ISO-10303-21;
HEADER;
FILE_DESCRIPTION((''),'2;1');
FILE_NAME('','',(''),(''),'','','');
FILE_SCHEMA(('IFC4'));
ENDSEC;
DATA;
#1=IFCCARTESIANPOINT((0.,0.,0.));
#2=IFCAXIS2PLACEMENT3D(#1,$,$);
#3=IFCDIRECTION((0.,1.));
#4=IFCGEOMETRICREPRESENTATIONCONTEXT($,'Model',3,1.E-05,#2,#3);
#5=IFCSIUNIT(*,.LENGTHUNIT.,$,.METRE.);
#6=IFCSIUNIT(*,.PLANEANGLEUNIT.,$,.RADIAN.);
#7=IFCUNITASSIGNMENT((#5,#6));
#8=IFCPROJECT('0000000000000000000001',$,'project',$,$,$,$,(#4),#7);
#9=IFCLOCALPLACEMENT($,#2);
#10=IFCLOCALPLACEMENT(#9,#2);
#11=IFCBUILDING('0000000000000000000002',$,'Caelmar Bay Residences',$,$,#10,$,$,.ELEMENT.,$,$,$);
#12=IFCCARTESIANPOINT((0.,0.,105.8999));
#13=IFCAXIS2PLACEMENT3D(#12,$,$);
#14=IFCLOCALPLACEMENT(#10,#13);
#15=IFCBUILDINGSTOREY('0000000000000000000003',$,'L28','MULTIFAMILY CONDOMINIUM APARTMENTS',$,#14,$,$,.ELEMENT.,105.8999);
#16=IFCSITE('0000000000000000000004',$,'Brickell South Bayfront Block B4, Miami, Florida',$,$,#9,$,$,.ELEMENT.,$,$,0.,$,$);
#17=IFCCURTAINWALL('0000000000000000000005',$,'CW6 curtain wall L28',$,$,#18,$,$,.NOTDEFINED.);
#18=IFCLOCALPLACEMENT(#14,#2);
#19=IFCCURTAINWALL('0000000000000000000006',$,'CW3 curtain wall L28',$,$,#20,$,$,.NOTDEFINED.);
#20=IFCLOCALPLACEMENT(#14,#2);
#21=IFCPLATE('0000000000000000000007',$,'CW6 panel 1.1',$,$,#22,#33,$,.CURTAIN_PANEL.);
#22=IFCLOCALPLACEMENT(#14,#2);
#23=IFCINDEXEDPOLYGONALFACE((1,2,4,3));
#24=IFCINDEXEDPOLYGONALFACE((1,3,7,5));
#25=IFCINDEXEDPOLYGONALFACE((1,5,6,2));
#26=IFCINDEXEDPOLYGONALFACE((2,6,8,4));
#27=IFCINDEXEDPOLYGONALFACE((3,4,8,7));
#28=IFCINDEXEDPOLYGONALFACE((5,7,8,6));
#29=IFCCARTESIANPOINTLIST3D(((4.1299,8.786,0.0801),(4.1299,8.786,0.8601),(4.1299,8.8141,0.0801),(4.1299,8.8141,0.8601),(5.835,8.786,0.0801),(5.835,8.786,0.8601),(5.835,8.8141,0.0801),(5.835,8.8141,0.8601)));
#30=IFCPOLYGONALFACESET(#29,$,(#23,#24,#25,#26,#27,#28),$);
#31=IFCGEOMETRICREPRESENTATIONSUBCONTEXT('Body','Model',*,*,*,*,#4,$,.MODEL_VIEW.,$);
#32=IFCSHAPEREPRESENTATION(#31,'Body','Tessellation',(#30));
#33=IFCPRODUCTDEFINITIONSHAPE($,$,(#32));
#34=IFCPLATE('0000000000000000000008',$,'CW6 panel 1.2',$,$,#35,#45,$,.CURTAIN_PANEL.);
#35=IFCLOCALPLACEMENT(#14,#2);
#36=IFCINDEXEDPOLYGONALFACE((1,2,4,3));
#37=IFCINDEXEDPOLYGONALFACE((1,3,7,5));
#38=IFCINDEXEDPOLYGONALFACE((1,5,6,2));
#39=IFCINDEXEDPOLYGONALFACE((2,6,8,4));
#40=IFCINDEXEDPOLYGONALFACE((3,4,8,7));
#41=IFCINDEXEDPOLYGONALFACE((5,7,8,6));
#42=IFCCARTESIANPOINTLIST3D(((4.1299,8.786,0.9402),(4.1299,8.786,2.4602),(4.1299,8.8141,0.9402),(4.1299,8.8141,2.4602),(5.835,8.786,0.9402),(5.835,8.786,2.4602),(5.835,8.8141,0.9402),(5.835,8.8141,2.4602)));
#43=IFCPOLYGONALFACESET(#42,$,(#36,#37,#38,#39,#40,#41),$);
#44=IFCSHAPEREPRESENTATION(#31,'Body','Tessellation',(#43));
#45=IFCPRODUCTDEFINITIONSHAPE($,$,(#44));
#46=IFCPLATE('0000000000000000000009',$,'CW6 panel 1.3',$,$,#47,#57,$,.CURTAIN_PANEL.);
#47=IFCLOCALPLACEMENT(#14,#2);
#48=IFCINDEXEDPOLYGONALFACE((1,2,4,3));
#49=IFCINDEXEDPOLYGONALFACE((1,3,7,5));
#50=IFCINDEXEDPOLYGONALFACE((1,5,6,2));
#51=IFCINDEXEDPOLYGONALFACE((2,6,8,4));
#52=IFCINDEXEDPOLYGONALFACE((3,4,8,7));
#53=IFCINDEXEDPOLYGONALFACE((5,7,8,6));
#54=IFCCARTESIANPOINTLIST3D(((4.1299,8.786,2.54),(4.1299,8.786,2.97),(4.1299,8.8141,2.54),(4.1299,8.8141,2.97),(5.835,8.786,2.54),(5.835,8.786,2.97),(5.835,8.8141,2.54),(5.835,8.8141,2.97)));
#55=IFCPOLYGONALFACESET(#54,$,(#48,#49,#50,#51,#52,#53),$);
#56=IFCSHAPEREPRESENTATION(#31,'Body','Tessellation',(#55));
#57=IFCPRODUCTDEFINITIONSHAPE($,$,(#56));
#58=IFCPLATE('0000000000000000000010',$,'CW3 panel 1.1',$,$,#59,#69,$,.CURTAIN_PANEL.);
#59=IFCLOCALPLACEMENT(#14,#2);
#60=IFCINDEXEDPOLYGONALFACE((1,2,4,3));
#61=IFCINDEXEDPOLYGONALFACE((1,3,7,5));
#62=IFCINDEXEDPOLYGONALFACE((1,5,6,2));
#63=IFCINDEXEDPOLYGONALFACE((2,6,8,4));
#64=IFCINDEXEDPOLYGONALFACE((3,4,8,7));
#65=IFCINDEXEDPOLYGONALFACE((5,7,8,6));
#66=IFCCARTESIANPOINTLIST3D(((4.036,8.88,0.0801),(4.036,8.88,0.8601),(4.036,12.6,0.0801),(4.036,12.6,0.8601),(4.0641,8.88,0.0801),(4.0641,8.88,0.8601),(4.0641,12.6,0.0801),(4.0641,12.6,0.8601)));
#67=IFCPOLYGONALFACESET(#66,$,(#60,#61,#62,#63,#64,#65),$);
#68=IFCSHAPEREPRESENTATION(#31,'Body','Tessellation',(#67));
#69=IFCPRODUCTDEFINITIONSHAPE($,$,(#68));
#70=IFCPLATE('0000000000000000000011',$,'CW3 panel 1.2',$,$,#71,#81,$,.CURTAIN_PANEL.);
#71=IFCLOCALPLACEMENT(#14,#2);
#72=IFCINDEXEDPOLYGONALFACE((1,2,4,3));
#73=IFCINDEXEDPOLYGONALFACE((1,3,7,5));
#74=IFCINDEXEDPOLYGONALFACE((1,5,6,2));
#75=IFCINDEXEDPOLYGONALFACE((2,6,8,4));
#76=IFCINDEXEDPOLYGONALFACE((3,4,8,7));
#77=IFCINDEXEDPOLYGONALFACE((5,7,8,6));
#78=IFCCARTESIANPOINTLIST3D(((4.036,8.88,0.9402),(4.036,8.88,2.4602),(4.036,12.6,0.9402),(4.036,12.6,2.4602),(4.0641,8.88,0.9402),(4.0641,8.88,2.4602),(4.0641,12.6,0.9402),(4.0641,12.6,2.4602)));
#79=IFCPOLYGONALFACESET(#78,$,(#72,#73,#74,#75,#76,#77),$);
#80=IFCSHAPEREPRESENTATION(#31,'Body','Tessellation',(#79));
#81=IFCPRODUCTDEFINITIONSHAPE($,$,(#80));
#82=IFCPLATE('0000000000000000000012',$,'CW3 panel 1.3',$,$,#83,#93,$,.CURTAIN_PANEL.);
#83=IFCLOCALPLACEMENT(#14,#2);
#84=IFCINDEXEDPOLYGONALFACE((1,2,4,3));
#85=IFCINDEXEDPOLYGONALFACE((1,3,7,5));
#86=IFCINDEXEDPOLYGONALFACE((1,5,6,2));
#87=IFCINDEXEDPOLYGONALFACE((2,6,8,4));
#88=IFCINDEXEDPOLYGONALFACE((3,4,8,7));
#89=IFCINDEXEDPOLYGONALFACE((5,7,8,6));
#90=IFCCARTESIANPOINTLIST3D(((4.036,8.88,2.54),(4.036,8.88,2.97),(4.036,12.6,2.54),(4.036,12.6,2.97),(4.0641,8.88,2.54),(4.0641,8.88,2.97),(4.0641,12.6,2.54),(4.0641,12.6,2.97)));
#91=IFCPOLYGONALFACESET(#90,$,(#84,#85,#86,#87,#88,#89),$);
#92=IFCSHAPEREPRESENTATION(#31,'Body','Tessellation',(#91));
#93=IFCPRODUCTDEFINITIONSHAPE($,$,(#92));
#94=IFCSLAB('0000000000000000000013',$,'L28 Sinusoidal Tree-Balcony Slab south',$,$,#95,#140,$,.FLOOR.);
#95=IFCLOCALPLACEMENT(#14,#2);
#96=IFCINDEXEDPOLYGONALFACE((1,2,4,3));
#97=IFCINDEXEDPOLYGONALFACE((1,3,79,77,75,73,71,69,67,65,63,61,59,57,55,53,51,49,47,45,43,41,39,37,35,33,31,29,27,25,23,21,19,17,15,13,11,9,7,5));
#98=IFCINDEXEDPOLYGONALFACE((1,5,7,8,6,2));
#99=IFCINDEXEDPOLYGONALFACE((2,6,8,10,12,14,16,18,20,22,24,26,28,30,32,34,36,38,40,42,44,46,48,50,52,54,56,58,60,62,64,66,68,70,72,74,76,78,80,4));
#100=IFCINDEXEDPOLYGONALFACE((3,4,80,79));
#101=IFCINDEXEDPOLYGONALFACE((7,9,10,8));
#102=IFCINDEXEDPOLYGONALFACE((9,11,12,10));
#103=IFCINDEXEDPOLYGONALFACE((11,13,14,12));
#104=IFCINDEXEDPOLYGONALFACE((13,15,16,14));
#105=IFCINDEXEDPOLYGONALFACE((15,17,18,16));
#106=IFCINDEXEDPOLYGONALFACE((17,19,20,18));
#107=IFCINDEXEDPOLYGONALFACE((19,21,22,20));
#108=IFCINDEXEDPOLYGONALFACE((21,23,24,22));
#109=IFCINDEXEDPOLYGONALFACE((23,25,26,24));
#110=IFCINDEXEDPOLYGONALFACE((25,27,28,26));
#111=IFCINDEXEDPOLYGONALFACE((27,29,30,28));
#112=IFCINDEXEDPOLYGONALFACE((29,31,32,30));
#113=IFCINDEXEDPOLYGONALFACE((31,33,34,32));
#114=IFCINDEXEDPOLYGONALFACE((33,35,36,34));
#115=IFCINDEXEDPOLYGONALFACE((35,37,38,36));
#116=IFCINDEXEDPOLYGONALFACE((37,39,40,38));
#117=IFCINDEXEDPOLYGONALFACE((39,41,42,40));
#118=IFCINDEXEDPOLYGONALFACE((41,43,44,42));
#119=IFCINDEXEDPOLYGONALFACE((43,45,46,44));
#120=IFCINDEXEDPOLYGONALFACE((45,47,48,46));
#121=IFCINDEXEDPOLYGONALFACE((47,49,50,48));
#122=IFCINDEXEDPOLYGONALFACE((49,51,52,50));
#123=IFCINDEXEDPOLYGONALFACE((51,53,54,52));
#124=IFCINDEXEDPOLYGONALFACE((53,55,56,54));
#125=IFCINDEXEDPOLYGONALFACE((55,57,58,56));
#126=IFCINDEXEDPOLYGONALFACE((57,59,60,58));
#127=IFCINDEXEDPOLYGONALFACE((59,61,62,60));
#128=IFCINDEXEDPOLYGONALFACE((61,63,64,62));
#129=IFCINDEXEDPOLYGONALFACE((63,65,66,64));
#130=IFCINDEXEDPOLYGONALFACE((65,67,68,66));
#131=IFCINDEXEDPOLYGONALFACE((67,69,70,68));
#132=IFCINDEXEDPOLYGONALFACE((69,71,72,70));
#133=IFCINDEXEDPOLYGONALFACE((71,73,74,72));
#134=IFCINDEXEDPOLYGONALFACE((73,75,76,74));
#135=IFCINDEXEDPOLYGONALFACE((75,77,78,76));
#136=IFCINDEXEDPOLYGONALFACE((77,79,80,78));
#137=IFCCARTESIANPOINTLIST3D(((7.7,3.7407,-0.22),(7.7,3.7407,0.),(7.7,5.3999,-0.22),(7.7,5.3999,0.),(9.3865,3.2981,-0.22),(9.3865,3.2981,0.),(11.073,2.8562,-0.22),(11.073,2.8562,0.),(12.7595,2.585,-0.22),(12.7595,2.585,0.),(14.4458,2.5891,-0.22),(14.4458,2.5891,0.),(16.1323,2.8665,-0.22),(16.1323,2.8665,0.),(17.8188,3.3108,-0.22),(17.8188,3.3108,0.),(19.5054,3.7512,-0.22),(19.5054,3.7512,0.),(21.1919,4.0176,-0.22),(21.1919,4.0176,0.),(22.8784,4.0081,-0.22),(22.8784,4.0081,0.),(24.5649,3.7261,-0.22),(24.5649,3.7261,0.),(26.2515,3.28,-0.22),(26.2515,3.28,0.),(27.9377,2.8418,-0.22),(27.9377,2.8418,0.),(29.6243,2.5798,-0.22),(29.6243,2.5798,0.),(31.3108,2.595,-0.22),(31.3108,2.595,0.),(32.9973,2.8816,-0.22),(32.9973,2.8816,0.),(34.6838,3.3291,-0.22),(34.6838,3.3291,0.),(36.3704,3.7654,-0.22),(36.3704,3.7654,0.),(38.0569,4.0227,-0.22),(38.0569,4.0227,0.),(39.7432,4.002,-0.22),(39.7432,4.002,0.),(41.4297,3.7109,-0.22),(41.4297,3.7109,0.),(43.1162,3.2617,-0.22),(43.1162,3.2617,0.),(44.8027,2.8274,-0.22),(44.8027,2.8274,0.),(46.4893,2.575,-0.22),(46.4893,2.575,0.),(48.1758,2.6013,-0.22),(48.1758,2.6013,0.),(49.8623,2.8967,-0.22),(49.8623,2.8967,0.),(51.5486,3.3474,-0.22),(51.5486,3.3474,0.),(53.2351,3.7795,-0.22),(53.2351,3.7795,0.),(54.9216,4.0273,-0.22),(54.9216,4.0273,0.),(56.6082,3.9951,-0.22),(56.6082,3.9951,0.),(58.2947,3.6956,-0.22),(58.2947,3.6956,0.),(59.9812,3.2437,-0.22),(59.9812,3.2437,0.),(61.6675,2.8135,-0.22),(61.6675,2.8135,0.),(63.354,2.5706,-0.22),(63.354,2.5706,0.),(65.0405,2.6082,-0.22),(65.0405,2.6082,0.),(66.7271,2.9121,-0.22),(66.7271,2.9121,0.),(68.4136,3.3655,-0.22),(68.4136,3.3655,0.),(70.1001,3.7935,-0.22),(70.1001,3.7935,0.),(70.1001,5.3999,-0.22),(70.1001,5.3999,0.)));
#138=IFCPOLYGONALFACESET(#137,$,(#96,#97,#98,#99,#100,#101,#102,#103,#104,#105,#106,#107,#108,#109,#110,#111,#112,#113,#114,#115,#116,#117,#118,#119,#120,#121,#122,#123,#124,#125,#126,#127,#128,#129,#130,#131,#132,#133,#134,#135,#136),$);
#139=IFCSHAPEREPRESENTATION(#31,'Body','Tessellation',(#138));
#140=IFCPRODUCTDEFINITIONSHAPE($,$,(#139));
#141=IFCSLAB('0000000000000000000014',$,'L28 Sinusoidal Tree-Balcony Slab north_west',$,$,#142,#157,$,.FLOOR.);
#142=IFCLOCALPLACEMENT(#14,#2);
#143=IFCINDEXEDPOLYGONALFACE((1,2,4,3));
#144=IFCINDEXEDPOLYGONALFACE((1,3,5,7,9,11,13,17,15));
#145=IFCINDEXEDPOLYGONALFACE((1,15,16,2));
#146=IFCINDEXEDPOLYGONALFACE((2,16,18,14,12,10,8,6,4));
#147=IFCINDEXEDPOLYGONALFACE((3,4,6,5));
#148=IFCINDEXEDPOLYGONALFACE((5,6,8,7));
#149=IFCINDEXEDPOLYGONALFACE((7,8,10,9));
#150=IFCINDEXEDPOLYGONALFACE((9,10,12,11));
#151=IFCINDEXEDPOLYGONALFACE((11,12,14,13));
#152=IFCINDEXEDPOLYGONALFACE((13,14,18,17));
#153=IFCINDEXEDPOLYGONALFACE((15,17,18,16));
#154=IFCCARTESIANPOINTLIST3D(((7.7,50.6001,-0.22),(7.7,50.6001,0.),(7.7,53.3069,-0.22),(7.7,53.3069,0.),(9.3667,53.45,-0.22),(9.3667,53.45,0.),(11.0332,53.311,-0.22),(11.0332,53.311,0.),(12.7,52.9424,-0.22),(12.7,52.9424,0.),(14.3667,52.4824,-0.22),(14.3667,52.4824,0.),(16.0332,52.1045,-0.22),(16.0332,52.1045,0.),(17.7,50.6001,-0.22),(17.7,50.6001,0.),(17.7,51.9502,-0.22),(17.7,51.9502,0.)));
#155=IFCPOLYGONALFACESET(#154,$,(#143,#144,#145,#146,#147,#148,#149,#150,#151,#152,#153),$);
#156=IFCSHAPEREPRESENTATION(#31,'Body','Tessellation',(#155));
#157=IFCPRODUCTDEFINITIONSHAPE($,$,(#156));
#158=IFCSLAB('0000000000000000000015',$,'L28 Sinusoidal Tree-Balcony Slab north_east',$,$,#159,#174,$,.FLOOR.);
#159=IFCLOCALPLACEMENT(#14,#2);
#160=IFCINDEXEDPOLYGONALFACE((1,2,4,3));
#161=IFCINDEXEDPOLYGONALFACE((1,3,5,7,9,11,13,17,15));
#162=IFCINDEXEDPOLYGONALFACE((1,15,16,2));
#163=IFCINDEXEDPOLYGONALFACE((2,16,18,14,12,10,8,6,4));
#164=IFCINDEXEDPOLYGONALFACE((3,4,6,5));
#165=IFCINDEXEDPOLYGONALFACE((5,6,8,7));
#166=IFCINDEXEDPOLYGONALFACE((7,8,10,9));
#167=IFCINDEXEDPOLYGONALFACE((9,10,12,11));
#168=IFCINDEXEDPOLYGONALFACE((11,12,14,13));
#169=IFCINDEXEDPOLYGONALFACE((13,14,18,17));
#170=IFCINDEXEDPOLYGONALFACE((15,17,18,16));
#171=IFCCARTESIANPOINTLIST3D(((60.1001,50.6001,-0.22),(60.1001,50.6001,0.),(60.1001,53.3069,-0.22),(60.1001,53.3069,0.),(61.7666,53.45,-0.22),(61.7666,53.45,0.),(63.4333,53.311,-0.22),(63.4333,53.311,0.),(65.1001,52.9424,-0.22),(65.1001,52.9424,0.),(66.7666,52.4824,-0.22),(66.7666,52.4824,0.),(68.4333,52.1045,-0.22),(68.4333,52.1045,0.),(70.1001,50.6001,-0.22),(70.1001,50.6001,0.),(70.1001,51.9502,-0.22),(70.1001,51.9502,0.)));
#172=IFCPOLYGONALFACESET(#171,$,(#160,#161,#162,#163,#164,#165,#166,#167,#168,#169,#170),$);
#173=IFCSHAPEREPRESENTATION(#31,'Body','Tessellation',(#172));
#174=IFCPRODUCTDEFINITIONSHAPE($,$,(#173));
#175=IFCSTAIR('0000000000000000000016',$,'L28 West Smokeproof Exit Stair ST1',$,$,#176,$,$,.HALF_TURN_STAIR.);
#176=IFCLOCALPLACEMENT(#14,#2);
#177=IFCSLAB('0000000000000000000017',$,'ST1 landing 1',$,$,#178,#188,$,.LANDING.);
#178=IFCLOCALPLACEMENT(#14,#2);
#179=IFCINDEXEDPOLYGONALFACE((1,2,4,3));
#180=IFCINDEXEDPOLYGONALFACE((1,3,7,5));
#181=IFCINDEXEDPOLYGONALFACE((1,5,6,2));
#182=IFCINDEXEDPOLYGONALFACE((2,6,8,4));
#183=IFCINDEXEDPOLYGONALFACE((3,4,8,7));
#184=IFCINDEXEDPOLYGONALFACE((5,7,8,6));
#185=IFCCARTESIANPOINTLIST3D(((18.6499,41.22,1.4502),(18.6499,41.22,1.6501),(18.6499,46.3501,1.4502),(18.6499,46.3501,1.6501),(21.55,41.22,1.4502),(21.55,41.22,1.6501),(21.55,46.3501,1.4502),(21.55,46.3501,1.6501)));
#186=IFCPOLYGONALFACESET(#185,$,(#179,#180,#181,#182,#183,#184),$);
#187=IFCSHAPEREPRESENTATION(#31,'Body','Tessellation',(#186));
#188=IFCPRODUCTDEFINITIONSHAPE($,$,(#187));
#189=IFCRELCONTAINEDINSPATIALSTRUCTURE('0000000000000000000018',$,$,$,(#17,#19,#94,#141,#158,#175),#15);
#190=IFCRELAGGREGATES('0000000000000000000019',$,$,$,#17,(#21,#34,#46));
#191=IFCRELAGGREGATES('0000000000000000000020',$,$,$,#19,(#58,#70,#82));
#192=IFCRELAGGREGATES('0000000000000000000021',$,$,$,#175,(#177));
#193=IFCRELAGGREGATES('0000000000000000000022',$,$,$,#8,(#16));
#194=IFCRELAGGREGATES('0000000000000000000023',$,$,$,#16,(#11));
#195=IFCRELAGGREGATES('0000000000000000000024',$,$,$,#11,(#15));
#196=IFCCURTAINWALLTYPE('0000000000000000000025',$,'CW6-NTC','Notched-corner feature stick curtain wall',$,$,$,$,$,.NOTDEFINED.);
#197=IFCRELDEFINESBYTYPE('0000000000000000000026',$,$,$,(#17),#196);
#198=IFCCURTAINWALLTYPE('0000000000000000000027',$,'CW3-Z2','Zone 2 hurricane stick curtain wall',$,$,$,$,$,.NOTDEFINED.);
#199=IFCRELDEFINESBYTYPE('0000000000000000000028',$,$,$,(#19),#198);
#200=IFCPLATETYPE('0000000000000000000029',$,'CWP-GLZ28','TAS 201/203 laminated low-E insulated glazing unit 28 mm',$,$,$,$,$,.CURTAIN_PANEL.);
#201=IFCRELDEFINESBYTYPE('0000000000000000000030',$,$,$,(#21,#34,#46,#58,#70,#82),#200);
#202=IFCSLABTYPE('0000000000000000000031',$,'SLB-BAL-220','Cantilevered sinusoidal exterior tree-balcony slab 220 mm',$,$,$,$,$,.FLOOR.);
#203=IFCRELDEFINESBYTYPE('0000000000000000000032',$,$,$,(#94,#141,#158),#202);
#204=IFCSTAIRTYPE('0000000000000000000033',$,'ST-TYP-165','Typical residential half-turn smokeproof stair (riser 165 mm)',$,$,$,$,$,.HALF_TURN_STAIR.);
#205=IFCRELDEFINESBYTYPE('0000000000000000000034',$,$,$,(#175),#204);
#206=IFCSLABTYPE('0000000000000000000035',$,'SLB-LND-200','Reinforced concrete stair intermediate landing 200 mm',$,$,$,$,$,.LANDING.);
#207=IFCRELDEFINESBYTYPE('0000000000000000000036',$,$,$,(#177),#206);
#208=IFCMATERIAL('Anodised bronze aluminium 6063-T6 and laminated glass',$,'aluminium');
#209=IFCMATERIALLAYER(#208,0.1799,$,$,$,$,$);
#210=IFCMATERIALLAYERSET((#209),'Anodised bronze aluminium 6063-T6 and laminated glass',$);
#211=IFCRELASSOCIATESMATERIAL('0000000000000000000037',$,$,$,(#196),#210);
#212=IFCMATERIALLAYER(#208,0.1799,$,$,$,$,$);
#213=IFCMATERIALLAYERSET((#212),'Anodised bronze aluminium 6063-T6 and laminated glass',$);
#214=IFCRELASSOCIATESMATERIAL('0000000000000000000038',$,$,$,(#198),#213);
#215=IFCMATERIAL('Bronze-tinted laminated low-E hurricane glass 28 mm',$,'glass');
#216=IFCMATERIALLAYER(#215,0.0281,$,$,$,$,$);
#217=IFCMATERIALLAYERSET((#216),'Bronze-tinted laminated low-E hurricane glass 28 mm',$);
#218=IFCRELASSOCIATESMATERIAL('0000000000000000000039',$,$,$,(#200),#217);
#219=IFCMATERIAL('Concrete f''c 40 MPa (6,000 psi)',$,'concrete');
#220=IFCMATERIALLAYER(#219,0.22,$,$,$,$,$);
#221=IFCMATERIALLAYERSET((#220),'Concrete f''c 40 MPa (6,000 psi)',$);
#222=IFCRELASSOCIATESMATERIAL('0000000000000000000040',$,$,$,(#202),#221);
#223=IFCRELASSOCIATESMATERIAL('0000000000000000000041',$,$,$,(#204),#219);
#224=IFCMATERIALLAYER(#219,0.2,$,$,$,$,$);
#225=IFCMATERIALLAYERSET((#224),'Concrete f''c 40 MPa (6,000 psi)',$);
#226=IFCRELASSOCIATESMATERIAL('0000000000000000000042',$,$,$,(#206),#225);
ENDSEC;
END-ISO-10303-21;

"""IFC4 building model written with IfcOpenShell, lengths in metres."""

from ifc_helpers import new_model, si_unit, direction, frame, origin, origin_2d, place, context, subcontext, project, spatial, polyline, rectangle, outline, extrude, material, layer, layer_set, type_object, element, aggregate, save


model = new_model("IFC4")

# Units and contexts
model_context = context("Model", 3, precision=1e-05, world=origin(), true_north=direction((0.0, 1.0)))
body_context = subcontext(model_context, "Body", "Model", "MODEL_VIEW")
ifc_project = project(units=[si_unit("LENGTHUNIT", "METRE"), si_unit("PLANEANGLEUNIT", "RADIAN")], contexts=[model_context])

# Site, building, storey
site_placement = place(None, origin())
site = spatial("IfcSite", under=ifc_project, at=site_placement, Name="Brickell South Bayfront Block B4, Miami, Florida", CompositionType="ELEMENT", RefElevation=0.0)
building_placement = place(site_placement, origin())
building = spatial("IfcBuilding", under=site, at=building_placement, Name="Caelmar Bay Residences", CompositionType="ELEMENT")
storey_placement = place(building_placement, frame((0.0, 0.0, 105.8999)))
storey = spatial("IfcBuildingStorey", under=building, at=storey_placement, Name="L28", Description="MULTIFAMILY CONDOMINIUM APARTMENTS", CompositionType="ELEMENT", Elevation=105.8999)

# Curtain wall
ifc_material_1 = material(Name="Anodised bronze aluminium 6063-T6 and laminated glass", Category="aluminium")
ifc_layer_1 = layer(ifc_material_1, 0.1799)
ifc_layer_set_1 = layer_set([ifc_layer_1], Name="Anodised bronze aluminium 6063-T6 and laminated glass")
curtain_wall_type_1 = type_object("IfcCurtainWallType", Name="CW6-NTC", Description="Notched-corner feature stick curtain wall", PredefinedType="NOTDEFINED", material=ifc_layer_set_1)
curtain_wall_1_placement = place(storey_placement, origin())
curtain_wall_1 = element("IfcCurtainWall", 1, at=curtain_wall_1_placement, inside=storey, type_object=curtain_wall_type_1, Name="CW6 curtain wall L28", PredefinedType="NOTDEFINED")

# Curtain wall
ifc_layer_2 = layer(ifc_material_1, 0.1799)
ifc_layer_set_2 = layer_set([ifc_layer_2], Name="Anodised bronze aluminium 6063-T6 and laminated glass")
curtain_wall_type_2 = type_object("IfcCurtainWallType", Name="CW3-Z2", Description="Zone 2 hurricane stick curtain wall", PredefinedType="NOTDEFINED", material=ifc_layer_set_2)
curtain_wall_2_placement = place(storey_placement, origin())
curtain_wall_2 = element("IfcCurtainWall", 2, at=curtain_wall_2_placement, inside=storey, type_object=curtain_wall_type_2, Name="CW3 curtain wall L28", PredefinedType="NOTDEFINED")

# Plates
ifc_material_2 = material(Name="Bronze-tinted laminated low-E hurricane glass 28 mm", Category="glass")
ifc_layer_3 = layer(ifc_material_2, 0.0281)
ifc_layer_set_3 = layer_set([ifc_layer_3], Name="Bronze-tinted laminated low-E hurricane glass 28 mm")
plate_type = type_object("IfcPlateType", Name="CWP-GLZ28", Description="TAS 201/203 laminated low-E insulated glazing unit 28 mm", PredefinedType="CURTAIN_PANEL", material=ifc_layer_set_3)
plate_1_placement = place(storey_placement, frame((4.9824, 8.8, 0.0801), z_axis=(0.0, 0.0, 1.0), x_axis=(1.0, 0.0, 0.0)))
plate_1 = element("IfcPlate", 3, at=plate_1_placement, type_object=plate_type, Name="CW6 panel 1.1", PredefinedType="CURTAIN_PANEL", context=body_context, shape_type="SweptSolid", body=[
    extrude(rectangle(XDim=1.7051, YDim=0.0281, at=origin_2d()), origin(), (0.0, 0.0, 1.0), 0.78),
])
plate_2_placement = place(storey_placement, frame((4.9824, 8.8, 0.9402), z_axis=(0.0, 0.0, 1.0), x_axis=(1.0, 0.0, 0.0)))
plate_2 = element("IfcPlate", 4, at=plate_2_placement, type_object=plate_type, Name="CW6 panel 1.2", PredefinedType="CURTAIN_PANEL", context=body_context, shape_type="SweptSolid", body=[
    extrude(rectangle(XDim=1.7051, YDim=0.0281, at=origin_2d()), origin(), (0.0, 0.0, 1.0), 1.52),
])
plate_3_placement = place(storey_placement, frame((4.9824, 8.8, 2.54), z_axis=(0.0, 0.0, 1.0), x_axis=(1.0, 0.0, 0.0)))
plate_3 = element("IfcPlate", 5, at=plate_3_placement, type_object=plate_type, Name="CW6 panel 1.3", PredefinedType="CURTAIN_PANEL", context=body_context, shape_type="SweptSolid", body=[
    extrude(rectangle(XDim=1.7051, YDim=0.0281, at=origin_2d()), origin(), (0.0, 0.0, 1.0), 0.4299),
])
aggregate(curtain_wall_1, [plate_1, plate_2, plate_3])
plate_4_placement = place(storey_placement, frame((4.05, 10.74, 0.0801), z_axis=(0.0, 0.0, 1.0), x_axis=(0.0, 1.0, 0.0)))
plate_4 = element("IfcPlate", 6, at=plate_4_placement, type_object=plate_type, Name="CW3 panel 1.1", PredefinedType="CURTAIN_PANEL", context=body_context, shape_type="SweptSolid", body=[
    extrude(rectangle(XDim=3.72, YDim=0.0281, at=origin_2d()), origin(), (0.0, 0.0, 1.0), 0.78),
])
plate_5_placement = place(storey_placement, frame((4.05, 10.74, 0.9402), z_axis=(0.0, 0.0, 1.0), x_axis=(0.0, 1.0, 0.0)))
plate_5 = element("IfcPlate", 7, at=plate_5_placement, type_object=plate_type, Name="CW3 panel 1.2", PredefinedType="CURTAIN_PANEL", context=body_context, shape_type="SweptSolid", body=[
    extrude(rectangle(XDim=3.72, YDim=0.0281, at=origin_2d()), origin(), (0.0, 0.0, 1.0), 1.52),
])
plate_6_placement = place(storey_placement, frame((4.05, 10.74, 2.54), z_axis=(0.0, 0.0, 1.0), x_axis=(0.0, 1.0, 0.0)))
plate_6 = element("IfcPlate", 8, at=plate_6_placement, type_object=plate_type, Name="CW3 panel 1.3", PredefinedType="CURTAIN_PANEL", context=body_context, shape_type="SweptSolid", body=[
    extrude(rectangle(XDim=3.72, YDim=0.0281, at=origin_2d()), origin(), (0.0, 0.0, 1.0), 0.4299),
])
aggregate(curtain_wall_2, [plate_4, plate_5, plate_6])

# Slabs
ifc_material_3 = material(Name="Concrete f'c 40 MPa (6,000 psi)", Category="concrete")
ifc_layer_4 = layer(ifc_material_3, 0.22)
ifc_layer_set_4 = layer_set([ifc_layer_4], Name="Concrete f'c 40 MPa (6,000 psi)")
slab_type_1 = type_object("IfcSlabType", Name="SLB-BAL-220", Description="Cantilevered sinusoidal exterior tree-balcony slab 220 mm", PredefinedType="FLOOR", material=ifc_layer_set_4)
slab_1_placement = place(storey_placement, frame((0.0, 0.0, -0.22)))
element("IfcSlab", 9, at=slab_1_placement, inside=storey, type_object=slab_type_1, Name="L28 Sinusoidal Tree-Balcony Slab south", PredefinedType="FLOOR", context=body_context, shape_type="SweptSolid", body=[
    extrude(outline(polyline([(7.7, 3.7407), (9.3865, 3.2981), (11.073, 2.8562), (12.7595, 2.585), (14.4458, 2.5891), (16.1323, 2.8665), (17.8188, 3.3108), (19.5054, 3.7512), (21.1919, 4.0176), (22.8784, 4.0081), (24.5649, 3.7261), (26.2515, 3.28), (27.9377, 2.8418), (29.6243, 2.5798), (31.3108, 2.595), (32.9973, 2.8816), (34.6838, 3.3291), (36.3704, 3.7654), (38.0569, 4.0227), (39.7432, 4.002), (41.4297, 3.7109), (43.1162, 3.2617), (44.8027, 2.8274), (46.4893, 2.575), (48.1758, 2.6013), (49.8623, 2.8967), (51.5486, 3.3474), (53.2351, 3.7795), (54.9216, 4.0273), (56.6082, 3.9951), (58.2947, 3.6956), (59.9812, 3.2437), (61.6675, 2.8135), (63.354, 2.5706), (65.0405, 2.6082), (66.7271, 2.9121), (68.4136, 3.3655), (70.1001, 3.7935), (70.1001, 5.3999), (7.7, 5.3999), (7.7, 3.7407)])), origin(), (0.0, 0.0, 1.0), 0.22),
])
slab_2_placement = place(storey_placement, frame((0.0, 0.0, -0.22)))
element("IfcSlab", 10, at=slab_2_placement, inside=storey, type_object=slab_type_1, Name="L28 Sinusoidal Tree-Balcony Slab north_west", PredefinedType="FLOOR", context=body_context, shape_type="SweptSolid", body=[
    extrude(outline(polyline([(7.7, 50.6001), (17.7, 50.6001), (17.7, 51.9502), (16.0332, 52.1045), (14.3667, 52.4824), (12.7, 52.9424), (11.0332, 53.311), (9.3667, 53.45), (7.7, 53.3069), (7.7, 50.6001)])), origin(), (0.0, 0.0, 1.0), 0.22),
])
slab_3_placement = place(storey_placement, frame((0.0, 0.0, -0.22)))
element("IfcSlab", 11, at=slab_3_placement, inside=storey, type_object=slab_type_1, Name="L28 Sinusoidal Tree-Balcony Slab north_east", PredefinedType="FLOOR", context=body_context, shape_type="SweptSolid", body=[
    extrude(outline(polyline([(60.1001, 50.6001), (70.1001, 50.6001), (70.1001, 51.9502), (68.4333, 52.1045), (66.7666, 52.4824), (65.1001, 52.9424), (63.4333, 53.311), (61.7666, 53.45), (60.1001, 53.3069), (60.1001, 50.6001)])), origin(), (0.0, 0.0, 1.0), 0.22),
])

# Stair, slab
stair_type = type_object("IfcStairType", Name="ST-TYP-165", Description="Typical residential half-turn smokeproof stair (riser 165 mm)", PredefinedType="HALF_TURN_STAIR", material=ifc_material_3)
stair_1_placement = place(storey_placement, origin())
stair_1 = element("IfcStair", 12, at=stair_1_placement, inside=storey, type_object=stair_type, Name="L28 West Smokeproof Exit Stair ST1", PredefinedType="HALF_TURN_STAIR")
ifc_layer_5 = layer(ifc_material_3, 0.2)
ifc_layer_set_5 = layer_set([ifc_layer_5], Name="Concrete f'c 40 MPa (6,000 psi)")
slab_type_2 = type_object("IfcSlabType", Name="SLB-LND-200", Description="Reinforced concrete stair intermediate landing 200 mm", PredefinedType="LANDING", material=ifc_layer_set_5)
slab_4_placement = place(storey_placement, frame((0.0, 0.0, 1.4502)))
slab_4 = element("IfcSlab", 13, at=slab_4_placement, type_object=slab_type_2, Name="ST1 landing 1", PredefinedType="LANDING", context=body_context, shape_type="SweptSolid", body=[
    extrude(outline(polyline([(21.55, 41.22), (21.55, 46.3501), (18.6499, 46.3501), (18.6499, 41.22), (21.55, 41.22)])), origin(), (0.0, 0.0, 1.0), 0.2),
])
aggregate(stair_1, [slab_4])

save(model, "model.ifc")
